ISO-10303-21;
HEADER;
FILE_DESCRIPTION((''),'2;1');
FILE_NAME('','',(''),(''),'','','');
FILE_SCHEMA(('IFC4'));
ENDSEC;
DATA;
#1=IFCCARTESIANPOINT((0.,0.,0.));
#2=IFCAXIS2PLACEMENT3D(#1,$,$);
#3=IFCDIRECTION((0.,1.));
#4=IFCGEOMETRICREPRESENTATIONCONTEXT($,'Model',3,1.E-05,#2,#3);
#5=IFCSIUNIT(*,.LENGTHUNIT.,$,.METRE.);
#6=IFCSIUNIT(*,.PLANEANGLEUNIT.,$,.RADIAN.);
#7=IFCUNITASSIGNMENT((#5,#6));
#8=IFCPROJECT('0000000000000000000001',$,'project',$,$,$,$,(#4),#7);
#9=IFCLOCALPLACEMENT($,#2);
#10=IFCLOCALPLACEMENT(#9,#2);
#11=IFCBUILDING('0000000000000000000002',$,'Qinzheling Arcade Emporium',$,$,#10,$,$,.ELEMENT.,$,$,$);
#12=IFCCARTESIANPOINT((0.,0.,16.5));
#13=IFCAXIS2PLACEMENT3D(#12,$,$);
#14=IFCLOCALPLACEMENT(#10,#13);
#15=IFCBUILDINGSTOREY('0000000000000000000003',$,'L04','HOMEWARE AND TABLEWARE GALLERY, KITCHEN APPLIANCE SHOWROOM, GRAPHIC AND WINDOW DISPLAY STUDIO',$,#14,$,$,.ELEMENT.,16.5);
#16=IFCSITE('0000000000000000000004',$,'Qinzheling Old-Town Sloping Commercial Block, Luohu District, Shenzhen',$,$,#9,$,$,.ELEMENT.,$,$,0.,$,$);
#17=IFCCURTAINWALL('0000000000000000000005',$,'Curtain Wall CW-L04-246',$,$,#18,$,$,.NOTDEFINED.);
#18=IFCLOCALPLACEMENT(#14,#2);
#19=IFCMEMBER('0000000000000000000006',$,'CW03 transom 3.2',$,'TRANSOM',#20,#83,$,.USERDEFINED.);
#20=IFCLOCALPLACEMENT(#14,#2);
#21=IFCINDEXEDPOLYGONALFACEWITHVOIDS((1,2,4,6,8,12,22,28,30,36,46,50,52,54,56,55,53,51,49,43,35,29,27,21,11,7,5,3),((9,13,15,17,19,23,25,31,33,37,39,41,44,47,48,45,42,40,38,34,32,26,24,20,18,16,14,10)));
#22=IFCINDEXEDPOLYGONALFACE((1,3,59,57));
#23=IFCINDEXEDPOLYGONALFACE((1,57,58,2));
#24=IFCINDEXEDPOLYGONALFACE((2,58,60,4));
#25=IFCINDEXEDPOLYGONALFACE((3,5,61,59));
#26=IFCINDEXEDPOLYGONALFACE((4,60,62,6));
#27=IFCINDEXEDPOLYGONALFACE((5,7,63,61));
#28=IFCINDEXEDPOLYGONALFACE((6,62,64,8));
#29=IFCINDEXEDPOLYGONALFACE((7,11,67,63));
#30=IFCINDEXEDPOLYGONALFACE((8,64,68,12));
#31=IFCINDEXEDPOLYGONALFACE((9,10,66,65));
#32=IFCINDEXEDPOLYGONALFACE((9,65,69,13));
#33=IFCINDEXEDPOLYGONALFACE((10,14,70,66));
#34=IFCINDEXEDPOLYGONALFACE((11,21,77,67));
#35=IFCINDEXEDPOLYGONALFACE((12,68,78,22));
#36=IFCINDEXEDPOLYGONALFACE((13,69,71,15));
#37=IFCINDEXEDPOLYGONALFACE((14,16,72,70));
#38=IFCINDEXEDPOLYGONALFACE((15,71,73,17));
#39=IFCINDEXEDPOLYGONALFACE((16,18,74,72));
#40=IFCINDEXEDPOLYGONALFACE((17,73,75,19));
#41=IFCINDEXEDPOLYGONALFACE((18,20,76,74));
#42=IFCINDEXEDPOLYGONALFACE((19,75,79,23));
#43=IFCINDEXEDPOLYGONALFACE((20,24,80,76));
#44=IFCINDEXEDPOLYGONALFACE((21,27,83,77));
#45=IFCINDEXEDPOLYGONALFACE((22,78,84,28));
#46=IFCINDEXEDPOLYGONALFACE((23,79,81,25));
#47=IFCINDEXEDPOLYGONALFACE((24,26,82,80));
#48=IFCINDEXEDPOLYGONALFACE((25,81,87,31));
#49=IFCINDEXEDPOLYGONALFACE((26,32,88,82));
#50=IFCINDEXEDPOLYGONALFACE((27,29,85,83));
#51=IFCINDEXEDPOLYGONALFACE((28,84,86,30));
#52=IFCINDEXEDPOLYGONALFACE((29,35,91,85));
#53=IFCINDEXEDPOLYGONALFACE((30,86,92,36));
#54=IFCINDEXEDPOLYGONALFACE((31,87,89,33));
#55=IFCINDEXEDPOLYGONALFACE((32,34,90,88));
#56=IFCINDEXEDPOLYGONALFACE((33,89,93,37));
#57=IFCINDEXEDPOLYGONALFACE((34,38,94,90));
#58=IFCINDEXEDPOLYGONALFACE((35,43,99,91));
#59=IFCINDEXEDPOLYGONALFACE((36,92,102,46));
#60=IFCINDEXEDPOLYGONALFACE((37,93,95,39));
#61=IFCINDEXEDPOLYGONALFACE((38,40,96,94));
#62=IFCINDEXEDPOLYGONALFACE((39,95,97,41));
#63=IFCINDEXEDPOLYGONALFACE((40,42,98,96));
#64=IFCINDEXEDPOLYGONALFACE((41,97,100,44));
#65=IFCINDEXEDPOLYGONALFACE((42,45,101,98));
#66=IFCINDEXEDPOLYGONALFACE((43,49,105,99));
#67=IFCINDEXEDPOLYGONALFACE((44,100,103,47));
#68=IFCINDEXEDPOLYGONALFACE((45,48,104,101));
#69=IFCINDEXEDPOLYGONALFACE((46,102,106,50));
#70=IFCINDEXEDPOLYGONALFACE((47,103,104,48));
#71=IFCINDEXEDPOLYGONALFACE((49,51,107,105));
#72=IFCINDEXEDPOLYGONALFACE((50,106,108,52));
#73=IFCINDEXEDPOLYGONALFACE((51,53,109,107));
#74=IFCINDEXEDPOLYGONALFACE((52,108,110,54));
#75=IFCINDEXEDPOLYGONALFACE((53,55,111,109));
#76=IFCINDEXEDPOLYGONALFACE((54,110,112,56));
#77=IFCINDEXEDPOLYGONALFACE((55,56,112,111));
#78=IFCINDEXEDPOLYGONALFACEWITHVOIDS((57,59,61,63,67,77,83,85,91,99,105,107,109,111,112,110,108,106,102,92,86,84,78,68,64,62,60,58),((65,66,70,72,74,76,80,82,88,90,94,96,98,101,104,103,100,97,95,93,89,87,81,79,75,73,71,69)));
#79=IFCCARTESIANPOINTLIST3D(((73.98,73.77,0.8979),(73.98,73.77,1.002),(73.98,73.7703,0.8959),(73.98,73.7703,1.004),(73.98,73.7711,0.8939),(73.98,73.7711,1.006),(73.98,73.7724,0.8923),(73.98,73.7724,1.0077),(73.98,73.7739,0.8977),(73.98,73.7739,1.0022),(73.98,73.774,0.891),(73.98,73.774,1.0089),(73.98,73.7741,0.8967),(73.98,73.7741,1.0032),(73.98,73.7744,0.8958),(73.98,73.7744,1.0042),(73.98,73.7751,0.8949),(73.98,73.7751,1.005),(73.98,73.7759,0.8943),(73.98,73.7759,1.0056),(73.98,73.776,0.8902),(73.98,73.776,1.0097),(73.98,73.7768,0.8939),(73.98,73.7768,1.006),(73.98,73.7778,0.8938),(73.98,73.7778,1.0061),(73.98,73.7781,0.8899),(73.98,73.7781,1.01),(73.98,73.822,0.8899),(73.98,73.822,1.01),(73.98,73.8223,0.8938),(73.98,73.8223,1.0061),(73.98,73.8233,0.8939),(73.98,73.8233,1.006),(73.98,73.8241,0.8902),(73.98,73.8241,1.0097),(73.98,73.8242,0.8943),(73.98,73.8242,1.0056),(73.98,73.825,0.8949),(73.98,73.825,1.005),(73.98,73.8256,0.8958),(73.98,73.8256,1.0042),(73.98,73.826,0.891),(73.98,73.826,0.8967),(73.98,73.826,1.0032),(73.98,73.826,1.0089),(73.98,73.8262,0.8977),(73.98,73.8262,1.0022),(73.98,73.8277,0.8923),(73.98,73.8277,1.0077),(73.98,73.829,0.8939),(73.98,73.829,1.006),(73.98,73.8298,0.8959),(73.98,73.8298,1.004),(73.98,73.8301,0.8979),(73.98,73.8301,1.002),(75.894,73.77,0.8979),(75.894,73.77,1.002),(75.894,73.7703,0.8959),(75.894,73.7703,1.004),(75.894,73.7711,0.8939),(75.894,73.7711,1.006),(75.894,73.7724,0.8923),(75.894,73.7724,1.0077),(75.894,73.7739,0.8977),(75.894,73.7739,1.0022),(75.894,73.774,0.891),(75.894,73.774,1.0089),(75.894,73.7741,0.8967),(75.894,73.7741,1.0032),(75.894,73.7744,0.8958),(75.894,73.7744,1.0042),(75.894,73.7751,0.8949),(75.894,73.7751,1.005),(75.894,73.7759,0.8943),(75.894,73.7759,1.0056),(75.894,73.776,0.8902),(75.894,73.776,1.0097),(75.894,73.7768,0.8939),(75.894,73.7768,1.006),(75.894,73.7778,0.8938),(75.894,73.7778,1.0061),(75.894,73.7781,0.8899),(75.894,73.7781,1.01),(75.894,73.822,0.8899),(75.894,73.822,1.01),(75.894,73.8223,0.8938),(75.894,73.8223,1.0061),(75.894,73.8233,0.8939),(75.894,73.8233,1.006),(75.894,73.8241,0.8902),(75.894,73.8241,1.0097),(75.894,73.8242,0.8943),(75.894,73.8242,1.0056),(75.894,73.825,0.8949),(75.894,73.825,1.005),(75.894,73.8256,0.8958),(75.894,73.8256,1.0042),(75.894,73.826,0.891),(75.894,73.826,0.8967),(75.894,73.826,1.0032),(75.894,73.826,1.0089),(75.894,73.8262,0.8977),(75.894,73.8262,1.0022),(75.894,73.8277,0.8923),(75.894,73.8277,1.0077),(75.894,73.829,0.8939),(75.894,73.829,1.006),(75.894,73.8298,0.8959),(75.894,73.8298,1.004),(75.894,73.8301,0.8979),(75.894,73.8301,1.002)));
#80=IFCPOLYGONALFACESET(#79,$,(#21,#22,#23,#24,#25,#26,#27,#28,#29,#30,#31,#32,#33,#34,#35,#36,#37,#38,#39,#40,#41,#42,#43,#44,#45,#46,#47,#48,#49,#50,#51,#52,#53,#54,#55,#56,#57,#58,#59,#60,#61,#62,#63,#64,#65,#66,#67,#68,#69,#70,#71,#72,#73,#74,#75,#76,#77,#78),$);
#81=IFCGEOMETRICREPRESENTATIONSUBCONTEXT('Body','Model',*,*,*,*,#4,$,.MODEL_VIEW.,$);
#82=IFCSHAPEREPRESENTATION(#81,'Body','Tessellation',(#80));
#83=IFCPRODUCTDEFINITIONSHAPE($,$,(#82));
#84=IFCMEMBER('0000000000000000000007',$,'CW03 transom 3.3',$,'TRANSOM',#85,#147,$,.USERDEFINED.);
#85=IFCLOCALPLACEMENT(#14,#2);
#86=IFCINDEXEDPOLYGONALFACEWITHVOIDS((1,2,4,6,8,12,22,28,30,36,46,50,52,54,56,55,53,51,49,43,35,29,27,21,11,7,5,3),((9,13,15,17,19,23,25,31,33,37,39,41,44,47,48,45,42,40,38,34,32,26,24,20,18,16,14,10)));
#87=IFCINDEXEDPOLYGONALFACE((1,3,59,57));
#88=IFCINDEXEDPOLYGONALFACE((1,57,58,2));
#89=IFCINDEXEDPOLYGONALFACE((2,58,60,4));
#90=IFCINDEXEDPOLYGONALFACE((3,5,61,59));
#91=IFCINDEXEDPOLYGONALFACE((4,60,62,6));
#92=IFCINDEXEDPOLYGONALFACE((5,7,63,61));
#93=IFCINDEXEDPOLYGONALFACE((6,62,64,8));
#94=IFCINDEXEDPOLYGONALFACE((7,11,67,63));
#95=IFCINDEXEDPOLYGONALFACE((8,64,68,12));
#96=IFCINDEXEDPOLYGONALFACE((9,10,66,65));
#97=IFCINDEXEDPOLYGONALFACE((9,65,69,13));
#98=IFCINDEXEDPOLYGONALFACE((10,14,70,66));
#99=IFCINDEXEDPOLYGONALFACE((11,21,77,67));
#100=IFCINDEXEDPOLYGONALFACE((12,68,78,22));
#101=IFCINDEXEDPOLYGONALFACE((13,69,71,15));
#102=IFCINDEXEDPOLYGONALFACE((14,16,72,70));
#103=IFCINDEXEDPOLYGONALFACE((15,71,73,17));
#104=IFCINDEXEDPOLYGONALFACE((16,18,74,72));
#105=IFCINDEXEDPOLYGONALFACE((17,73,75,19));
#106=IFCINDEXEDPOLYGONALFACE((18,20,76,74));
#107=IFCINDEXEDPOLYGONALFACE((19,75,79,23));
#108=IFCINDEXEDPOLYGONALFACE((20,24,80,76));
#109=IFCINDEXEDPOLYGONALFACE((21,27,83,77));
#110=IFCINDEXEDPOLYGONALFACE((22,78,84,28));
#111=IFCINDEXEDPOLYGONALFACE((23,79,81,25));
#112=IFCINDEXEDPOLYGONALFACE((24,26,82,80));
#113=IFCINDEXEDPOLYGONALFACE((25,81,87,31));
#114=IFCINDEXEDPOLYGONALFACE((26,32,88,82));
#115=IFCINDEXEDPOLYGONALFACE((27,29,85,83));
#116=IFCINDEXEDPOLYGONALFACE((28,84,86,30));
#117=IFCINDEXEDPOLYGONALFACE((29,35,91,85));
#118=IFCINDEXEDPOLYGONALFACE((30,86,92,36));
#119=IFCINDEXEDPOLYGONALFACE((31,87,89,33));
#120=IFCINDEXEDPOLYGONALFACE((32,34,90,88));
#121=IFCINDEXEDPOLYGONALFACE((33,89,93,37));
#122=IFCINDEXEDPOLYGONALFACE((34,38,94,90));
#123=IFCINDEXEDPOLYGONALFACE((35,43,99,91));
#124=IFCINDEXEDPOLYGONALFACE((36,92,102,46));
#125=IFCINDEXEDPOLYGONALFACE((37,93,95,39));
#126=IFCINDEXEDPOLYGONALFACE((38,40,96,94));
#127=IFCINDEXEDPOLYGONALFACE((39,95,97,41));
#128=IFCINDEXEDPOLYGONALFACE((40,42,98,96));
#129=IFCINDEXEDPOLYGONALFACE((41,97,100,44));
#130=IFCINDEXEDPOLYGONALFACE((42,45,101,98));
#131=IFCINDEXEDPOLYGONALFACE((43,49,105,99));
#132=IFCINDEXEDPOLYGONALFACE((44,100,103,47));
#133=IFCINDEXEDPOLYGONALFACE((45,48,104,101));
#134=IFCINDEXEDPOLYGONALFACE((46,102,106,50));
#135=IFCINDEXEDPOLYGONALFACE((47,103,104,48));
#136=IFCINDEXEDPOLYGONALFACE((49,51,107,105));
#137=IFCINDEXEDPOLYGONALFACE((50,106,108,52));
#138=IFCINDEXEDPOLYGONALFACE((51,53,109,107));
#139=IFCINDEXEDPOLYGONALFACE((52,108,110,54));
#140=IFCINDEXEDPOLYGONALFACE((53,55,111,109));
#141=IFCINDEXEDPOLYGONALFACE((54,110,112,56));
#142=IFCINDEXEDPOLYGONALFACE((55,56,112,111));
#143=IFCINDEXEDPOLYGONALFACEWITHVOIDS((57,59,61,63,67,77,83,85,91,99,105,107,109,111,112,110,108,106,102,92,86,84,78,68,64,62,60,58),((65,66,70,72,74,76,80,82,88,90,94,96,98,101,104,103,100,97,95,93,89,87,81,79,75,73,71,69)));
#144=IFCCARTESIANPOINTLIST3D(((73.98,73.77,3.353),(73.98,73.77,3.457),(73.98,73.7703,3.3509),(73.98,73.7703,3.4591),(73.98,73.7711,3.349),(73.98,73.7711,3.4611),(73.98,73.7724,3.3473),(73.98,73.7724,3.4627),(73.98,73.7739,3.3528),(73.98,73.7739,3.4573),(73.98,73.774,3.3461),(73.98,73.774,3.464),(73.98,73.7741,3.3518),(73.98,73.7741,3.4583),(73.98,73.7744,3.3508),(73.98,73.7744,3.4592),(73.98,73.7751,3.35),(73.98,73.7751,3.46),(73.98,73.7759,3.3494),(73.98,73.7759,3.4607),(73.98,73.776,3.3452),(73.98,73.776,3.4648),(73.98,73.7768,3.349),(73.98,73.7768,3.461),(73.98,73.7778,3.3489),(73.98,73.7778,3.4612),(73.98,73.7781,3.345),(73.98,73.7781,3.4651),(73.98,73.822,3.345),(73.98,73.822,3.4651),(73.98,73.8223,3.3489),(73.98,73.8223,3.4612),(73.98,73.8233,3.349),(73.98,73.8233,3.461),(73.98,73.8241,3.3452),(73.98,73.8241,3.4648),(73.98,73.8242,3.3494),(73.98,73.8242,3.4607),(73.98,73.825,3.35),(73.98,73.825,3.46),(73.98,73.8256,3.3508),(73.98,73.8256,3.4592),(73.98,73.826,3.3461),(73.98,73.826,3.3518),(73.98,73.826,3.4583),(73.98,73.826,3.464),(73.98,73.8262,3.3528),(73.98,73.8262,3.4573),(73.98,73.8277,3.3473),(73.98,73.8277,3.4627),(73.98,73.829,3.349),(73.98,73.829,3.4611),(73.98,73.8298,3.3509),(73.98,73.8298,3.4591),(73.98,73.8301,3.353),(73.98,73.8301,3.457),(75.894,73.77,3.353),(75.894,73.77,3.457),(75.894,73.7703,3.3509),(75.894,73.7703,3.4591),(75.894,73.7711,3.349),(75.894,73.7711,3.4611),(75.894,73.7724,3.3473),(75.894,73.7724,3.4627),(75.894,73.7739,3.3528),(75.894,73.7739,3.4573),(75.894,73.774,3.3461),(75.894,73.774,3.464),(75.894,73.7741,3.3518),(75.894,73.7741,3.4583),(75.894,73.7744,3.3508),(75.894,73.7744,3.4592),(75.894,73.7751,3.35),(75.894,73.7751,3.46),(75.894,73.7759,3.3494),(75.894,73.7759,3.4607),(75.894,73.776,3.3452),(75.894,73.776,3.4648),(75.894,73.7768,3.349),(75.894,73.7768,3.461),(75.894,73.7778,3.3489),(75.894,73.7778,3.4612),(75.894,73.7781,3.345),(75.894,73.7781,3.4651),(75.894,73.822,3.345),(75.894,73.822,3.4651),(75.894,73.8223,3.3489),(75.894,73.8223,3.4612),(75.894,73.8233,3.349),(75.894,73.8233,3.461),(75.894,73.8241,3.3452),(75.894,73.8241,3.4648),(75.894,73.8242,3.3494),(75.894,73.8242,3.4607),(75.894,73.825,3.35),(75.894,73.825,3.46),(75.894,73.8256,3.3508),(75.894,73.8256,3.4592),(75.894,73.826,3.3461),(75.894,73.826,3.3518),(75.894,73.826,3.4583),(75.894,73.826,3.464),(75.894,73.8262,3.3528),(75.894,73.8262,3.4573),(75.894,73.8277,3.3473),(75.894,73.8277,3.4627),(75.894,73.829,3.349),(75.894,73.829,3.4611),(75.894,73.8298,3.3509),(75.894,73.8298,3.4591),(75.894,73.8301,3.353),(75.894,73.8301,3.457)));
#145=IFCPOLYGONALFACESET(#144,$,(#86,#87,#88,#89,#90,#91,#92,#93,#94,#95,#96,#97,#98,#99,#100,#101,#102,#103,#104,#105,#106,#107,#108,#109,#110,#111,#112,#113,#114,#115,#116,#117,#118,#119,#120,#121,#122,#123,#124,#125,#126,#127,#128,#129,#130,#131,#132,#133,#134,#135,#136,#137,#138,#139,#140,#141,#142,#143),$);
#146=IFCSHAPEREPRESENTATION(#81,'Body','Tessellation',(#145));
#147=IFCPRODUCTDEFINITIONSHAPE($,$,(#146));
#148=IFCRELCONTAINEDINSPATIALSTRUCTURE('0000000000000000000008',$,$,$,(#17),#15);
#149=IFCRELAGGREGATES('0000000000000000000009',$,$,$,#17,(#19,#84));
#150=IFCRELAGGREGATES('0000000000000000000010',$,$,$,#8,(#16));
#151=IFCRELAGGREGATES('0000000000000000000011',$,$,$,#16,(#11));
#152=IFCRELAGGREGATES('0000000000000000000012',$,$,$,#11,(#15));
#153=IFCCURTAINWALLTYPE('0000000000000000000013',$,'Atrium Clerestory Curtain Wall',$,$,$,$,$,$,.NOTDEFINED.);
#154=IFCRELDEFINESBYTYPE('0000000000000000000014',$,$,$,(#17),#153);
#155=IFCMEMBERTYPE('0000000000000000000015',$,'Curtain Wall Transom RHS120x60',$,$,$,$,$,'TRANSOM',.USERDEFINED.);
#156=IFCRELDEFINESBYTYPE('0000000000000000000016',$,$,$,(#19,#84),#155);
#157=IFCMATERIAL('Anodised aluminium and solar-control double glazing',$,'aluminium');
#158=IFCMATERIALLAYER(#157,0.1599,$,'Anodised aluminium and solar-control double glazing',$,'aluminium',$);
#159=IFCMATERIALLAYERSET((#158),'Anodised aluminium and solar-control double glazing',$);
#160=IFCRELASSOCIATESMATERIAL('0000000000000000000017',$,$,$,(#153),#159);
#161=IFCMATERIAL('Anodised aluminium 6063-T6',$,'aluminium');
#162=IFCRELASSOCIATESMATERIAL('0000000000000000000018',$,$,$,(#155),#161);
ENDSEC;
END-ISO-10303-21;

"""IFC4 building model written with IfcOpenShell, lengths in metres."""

from ifc_helpers import new_model, si_unit, direction, frame, origin, origin_2d, place, context, subcontext, project, spatial, hollow_rectangle, extrude, material, layer, layer_set, material_profile, profile_set, type_object, element, aggregate, save


model = new_model("IFC4")

# Units and contexts
model_context = context("Model", 3, precision=1e-05, world=origin(), true_north=direction((0.0, 1.0)))
body_context = subcontext(model_context, "Body", "Model", "MODEL_VIEW")
ifc_project = project(units=[si_unit("LENGTHUNIT", "METRE"), si_unit("PLANEANGLEUNIT", "RADIAN")], contexts=[model_context])

# Site, building, storey
site_placement = place(None, origin())
site = spatial("IfcSite", under=ifc_project, at=site_placement, Name="Qinzheling Old-Town Sloping Commercial Block, Luohu District, Shenzhen", CompositionType="ELEMENT", RefElevation=0.0)
building_placement = place(site_placement, origin())
building = spatial("IfcBuilding", under=site, at=building_placement, Name="Qinzheling Arcade Emporium", CompositionType="ELEMENT")
storey_placement = place(building_placement, frame((0.0, 0.0, 16.5)))
storey = spatial("IfcBuildingStorey", under=building, at=storey_placement, Name="L04", Description="HOMEWARE AND TABLEWARE GALLERY, KITCHEN APPLIANCE SHOWROOM, GRAPHIC AND WINDOW DISPLAY STUDIO", CompositionType="ELEMENT", Elevation=16.5)

# Curtain wall
ifc_material_1 = material(Name="Anodised aluminium and solar-control double glazing", Category="aluminium")
ifc_layer_1 = layer(ifc_material_1, 0.1599, Name="Anodised aluminium and solar-control double glazing", Category="aluminium")
ifc_layer_set_1 = layer_set([ifc_layer_1], Name="Anodised aluminium and solar-control double glazing")
curtain_wall_type = type_object("IfcCurtainWallType", Name="Atrium Clerestory Curtain Wall", PredefinedType="NOTDEFINED", material=ifc_layer_set_1)
ifc_material_2 = material(Name="Anodised aluminium 6063-T6", Category="aluminium")
curtain_wall_1_placement = place(storey_placement, origin())
curtain_wall_1 = element("IfcCurtainWall", 1, at=curtain_wall_1_placement, inside=storey, type_object=curtain_wall_type, Name="Curtain Wall CW-L04-246", PredefinedType="NOTDEFINED")

# Members
ifc_material_profile_1 = material_profile(ifc_material_2, hollow_rectangle(XDim=0.0601, YDim=0.1201, WallThickness=0.0039, InnerFilletRadius=0.0039, OuterFilletRadius=0.0081, at=origin_2d()), Name="RHS 120x60x4", Category="aluminium")
ifc_profile_set_1 = profile_set([ifc_material_profile_1], Name="Anodised aluminium 6063-T6")
member_type_1 = type_object("IfcMemberType", Name="Curtain Wall Transom RHS120x60", ElementType="TRANSOM", PredefinedType="USERDEFINED", material=ifc_profile_set_1)
member_1_placement = place(storey_placement, frame((73.98, 73.8, 0.95), z_axis=(1.0, 0.0, 0.0), x_axis=(0.0, 1.0, 0.0)))
member_1 = element("IfcMember", 2, at=member_1_placement, type_object=member_type_1, Name="CW03 transom 3.2", ObjectType="TRANSOM", PredefinedType="USERDEFINED", context=body_context, shape_type="SweptSolid", body=[
    extrude(hollow_rectangle(XDim=0.0601, YDim=0.1201, WallThickness=0.0039, InnerFilletRadius=0.0039, OuterFilletRadius=0.0081, at=origin_2d()), origin(), (0.0, 0.0, 1.0), 1.9141),
])
member_2_placement = place(storey_placement, frame((73.98, 73.8, 3.405), z_axis=(1.0, 0.0, 0.0), x_axis=(0.0, 1.0, 0.0)))
member_2 = element("IfcMember", 3, at=member_2_placement, type_object=member_type_1, Name="CW03 transom 3.3", ObjectType="TRANSOM", PredefinedType="USERDEFINED", context=body_context, shape_type="SweptSolid", body=[
    extrude(hollow_rectangle(XDim=0.0601, YDim=0.1201, WallThickness=0.0039, InnerFilletRadius=0.0039, OuterFilletRadius=0.0081, at=origin_2d()), origin(), (0.0, 0.0, 1.0), 1.9141),
])

aggregate(curtain_wall_1, [member_1, member_2])

save(model, "model.ifc")
